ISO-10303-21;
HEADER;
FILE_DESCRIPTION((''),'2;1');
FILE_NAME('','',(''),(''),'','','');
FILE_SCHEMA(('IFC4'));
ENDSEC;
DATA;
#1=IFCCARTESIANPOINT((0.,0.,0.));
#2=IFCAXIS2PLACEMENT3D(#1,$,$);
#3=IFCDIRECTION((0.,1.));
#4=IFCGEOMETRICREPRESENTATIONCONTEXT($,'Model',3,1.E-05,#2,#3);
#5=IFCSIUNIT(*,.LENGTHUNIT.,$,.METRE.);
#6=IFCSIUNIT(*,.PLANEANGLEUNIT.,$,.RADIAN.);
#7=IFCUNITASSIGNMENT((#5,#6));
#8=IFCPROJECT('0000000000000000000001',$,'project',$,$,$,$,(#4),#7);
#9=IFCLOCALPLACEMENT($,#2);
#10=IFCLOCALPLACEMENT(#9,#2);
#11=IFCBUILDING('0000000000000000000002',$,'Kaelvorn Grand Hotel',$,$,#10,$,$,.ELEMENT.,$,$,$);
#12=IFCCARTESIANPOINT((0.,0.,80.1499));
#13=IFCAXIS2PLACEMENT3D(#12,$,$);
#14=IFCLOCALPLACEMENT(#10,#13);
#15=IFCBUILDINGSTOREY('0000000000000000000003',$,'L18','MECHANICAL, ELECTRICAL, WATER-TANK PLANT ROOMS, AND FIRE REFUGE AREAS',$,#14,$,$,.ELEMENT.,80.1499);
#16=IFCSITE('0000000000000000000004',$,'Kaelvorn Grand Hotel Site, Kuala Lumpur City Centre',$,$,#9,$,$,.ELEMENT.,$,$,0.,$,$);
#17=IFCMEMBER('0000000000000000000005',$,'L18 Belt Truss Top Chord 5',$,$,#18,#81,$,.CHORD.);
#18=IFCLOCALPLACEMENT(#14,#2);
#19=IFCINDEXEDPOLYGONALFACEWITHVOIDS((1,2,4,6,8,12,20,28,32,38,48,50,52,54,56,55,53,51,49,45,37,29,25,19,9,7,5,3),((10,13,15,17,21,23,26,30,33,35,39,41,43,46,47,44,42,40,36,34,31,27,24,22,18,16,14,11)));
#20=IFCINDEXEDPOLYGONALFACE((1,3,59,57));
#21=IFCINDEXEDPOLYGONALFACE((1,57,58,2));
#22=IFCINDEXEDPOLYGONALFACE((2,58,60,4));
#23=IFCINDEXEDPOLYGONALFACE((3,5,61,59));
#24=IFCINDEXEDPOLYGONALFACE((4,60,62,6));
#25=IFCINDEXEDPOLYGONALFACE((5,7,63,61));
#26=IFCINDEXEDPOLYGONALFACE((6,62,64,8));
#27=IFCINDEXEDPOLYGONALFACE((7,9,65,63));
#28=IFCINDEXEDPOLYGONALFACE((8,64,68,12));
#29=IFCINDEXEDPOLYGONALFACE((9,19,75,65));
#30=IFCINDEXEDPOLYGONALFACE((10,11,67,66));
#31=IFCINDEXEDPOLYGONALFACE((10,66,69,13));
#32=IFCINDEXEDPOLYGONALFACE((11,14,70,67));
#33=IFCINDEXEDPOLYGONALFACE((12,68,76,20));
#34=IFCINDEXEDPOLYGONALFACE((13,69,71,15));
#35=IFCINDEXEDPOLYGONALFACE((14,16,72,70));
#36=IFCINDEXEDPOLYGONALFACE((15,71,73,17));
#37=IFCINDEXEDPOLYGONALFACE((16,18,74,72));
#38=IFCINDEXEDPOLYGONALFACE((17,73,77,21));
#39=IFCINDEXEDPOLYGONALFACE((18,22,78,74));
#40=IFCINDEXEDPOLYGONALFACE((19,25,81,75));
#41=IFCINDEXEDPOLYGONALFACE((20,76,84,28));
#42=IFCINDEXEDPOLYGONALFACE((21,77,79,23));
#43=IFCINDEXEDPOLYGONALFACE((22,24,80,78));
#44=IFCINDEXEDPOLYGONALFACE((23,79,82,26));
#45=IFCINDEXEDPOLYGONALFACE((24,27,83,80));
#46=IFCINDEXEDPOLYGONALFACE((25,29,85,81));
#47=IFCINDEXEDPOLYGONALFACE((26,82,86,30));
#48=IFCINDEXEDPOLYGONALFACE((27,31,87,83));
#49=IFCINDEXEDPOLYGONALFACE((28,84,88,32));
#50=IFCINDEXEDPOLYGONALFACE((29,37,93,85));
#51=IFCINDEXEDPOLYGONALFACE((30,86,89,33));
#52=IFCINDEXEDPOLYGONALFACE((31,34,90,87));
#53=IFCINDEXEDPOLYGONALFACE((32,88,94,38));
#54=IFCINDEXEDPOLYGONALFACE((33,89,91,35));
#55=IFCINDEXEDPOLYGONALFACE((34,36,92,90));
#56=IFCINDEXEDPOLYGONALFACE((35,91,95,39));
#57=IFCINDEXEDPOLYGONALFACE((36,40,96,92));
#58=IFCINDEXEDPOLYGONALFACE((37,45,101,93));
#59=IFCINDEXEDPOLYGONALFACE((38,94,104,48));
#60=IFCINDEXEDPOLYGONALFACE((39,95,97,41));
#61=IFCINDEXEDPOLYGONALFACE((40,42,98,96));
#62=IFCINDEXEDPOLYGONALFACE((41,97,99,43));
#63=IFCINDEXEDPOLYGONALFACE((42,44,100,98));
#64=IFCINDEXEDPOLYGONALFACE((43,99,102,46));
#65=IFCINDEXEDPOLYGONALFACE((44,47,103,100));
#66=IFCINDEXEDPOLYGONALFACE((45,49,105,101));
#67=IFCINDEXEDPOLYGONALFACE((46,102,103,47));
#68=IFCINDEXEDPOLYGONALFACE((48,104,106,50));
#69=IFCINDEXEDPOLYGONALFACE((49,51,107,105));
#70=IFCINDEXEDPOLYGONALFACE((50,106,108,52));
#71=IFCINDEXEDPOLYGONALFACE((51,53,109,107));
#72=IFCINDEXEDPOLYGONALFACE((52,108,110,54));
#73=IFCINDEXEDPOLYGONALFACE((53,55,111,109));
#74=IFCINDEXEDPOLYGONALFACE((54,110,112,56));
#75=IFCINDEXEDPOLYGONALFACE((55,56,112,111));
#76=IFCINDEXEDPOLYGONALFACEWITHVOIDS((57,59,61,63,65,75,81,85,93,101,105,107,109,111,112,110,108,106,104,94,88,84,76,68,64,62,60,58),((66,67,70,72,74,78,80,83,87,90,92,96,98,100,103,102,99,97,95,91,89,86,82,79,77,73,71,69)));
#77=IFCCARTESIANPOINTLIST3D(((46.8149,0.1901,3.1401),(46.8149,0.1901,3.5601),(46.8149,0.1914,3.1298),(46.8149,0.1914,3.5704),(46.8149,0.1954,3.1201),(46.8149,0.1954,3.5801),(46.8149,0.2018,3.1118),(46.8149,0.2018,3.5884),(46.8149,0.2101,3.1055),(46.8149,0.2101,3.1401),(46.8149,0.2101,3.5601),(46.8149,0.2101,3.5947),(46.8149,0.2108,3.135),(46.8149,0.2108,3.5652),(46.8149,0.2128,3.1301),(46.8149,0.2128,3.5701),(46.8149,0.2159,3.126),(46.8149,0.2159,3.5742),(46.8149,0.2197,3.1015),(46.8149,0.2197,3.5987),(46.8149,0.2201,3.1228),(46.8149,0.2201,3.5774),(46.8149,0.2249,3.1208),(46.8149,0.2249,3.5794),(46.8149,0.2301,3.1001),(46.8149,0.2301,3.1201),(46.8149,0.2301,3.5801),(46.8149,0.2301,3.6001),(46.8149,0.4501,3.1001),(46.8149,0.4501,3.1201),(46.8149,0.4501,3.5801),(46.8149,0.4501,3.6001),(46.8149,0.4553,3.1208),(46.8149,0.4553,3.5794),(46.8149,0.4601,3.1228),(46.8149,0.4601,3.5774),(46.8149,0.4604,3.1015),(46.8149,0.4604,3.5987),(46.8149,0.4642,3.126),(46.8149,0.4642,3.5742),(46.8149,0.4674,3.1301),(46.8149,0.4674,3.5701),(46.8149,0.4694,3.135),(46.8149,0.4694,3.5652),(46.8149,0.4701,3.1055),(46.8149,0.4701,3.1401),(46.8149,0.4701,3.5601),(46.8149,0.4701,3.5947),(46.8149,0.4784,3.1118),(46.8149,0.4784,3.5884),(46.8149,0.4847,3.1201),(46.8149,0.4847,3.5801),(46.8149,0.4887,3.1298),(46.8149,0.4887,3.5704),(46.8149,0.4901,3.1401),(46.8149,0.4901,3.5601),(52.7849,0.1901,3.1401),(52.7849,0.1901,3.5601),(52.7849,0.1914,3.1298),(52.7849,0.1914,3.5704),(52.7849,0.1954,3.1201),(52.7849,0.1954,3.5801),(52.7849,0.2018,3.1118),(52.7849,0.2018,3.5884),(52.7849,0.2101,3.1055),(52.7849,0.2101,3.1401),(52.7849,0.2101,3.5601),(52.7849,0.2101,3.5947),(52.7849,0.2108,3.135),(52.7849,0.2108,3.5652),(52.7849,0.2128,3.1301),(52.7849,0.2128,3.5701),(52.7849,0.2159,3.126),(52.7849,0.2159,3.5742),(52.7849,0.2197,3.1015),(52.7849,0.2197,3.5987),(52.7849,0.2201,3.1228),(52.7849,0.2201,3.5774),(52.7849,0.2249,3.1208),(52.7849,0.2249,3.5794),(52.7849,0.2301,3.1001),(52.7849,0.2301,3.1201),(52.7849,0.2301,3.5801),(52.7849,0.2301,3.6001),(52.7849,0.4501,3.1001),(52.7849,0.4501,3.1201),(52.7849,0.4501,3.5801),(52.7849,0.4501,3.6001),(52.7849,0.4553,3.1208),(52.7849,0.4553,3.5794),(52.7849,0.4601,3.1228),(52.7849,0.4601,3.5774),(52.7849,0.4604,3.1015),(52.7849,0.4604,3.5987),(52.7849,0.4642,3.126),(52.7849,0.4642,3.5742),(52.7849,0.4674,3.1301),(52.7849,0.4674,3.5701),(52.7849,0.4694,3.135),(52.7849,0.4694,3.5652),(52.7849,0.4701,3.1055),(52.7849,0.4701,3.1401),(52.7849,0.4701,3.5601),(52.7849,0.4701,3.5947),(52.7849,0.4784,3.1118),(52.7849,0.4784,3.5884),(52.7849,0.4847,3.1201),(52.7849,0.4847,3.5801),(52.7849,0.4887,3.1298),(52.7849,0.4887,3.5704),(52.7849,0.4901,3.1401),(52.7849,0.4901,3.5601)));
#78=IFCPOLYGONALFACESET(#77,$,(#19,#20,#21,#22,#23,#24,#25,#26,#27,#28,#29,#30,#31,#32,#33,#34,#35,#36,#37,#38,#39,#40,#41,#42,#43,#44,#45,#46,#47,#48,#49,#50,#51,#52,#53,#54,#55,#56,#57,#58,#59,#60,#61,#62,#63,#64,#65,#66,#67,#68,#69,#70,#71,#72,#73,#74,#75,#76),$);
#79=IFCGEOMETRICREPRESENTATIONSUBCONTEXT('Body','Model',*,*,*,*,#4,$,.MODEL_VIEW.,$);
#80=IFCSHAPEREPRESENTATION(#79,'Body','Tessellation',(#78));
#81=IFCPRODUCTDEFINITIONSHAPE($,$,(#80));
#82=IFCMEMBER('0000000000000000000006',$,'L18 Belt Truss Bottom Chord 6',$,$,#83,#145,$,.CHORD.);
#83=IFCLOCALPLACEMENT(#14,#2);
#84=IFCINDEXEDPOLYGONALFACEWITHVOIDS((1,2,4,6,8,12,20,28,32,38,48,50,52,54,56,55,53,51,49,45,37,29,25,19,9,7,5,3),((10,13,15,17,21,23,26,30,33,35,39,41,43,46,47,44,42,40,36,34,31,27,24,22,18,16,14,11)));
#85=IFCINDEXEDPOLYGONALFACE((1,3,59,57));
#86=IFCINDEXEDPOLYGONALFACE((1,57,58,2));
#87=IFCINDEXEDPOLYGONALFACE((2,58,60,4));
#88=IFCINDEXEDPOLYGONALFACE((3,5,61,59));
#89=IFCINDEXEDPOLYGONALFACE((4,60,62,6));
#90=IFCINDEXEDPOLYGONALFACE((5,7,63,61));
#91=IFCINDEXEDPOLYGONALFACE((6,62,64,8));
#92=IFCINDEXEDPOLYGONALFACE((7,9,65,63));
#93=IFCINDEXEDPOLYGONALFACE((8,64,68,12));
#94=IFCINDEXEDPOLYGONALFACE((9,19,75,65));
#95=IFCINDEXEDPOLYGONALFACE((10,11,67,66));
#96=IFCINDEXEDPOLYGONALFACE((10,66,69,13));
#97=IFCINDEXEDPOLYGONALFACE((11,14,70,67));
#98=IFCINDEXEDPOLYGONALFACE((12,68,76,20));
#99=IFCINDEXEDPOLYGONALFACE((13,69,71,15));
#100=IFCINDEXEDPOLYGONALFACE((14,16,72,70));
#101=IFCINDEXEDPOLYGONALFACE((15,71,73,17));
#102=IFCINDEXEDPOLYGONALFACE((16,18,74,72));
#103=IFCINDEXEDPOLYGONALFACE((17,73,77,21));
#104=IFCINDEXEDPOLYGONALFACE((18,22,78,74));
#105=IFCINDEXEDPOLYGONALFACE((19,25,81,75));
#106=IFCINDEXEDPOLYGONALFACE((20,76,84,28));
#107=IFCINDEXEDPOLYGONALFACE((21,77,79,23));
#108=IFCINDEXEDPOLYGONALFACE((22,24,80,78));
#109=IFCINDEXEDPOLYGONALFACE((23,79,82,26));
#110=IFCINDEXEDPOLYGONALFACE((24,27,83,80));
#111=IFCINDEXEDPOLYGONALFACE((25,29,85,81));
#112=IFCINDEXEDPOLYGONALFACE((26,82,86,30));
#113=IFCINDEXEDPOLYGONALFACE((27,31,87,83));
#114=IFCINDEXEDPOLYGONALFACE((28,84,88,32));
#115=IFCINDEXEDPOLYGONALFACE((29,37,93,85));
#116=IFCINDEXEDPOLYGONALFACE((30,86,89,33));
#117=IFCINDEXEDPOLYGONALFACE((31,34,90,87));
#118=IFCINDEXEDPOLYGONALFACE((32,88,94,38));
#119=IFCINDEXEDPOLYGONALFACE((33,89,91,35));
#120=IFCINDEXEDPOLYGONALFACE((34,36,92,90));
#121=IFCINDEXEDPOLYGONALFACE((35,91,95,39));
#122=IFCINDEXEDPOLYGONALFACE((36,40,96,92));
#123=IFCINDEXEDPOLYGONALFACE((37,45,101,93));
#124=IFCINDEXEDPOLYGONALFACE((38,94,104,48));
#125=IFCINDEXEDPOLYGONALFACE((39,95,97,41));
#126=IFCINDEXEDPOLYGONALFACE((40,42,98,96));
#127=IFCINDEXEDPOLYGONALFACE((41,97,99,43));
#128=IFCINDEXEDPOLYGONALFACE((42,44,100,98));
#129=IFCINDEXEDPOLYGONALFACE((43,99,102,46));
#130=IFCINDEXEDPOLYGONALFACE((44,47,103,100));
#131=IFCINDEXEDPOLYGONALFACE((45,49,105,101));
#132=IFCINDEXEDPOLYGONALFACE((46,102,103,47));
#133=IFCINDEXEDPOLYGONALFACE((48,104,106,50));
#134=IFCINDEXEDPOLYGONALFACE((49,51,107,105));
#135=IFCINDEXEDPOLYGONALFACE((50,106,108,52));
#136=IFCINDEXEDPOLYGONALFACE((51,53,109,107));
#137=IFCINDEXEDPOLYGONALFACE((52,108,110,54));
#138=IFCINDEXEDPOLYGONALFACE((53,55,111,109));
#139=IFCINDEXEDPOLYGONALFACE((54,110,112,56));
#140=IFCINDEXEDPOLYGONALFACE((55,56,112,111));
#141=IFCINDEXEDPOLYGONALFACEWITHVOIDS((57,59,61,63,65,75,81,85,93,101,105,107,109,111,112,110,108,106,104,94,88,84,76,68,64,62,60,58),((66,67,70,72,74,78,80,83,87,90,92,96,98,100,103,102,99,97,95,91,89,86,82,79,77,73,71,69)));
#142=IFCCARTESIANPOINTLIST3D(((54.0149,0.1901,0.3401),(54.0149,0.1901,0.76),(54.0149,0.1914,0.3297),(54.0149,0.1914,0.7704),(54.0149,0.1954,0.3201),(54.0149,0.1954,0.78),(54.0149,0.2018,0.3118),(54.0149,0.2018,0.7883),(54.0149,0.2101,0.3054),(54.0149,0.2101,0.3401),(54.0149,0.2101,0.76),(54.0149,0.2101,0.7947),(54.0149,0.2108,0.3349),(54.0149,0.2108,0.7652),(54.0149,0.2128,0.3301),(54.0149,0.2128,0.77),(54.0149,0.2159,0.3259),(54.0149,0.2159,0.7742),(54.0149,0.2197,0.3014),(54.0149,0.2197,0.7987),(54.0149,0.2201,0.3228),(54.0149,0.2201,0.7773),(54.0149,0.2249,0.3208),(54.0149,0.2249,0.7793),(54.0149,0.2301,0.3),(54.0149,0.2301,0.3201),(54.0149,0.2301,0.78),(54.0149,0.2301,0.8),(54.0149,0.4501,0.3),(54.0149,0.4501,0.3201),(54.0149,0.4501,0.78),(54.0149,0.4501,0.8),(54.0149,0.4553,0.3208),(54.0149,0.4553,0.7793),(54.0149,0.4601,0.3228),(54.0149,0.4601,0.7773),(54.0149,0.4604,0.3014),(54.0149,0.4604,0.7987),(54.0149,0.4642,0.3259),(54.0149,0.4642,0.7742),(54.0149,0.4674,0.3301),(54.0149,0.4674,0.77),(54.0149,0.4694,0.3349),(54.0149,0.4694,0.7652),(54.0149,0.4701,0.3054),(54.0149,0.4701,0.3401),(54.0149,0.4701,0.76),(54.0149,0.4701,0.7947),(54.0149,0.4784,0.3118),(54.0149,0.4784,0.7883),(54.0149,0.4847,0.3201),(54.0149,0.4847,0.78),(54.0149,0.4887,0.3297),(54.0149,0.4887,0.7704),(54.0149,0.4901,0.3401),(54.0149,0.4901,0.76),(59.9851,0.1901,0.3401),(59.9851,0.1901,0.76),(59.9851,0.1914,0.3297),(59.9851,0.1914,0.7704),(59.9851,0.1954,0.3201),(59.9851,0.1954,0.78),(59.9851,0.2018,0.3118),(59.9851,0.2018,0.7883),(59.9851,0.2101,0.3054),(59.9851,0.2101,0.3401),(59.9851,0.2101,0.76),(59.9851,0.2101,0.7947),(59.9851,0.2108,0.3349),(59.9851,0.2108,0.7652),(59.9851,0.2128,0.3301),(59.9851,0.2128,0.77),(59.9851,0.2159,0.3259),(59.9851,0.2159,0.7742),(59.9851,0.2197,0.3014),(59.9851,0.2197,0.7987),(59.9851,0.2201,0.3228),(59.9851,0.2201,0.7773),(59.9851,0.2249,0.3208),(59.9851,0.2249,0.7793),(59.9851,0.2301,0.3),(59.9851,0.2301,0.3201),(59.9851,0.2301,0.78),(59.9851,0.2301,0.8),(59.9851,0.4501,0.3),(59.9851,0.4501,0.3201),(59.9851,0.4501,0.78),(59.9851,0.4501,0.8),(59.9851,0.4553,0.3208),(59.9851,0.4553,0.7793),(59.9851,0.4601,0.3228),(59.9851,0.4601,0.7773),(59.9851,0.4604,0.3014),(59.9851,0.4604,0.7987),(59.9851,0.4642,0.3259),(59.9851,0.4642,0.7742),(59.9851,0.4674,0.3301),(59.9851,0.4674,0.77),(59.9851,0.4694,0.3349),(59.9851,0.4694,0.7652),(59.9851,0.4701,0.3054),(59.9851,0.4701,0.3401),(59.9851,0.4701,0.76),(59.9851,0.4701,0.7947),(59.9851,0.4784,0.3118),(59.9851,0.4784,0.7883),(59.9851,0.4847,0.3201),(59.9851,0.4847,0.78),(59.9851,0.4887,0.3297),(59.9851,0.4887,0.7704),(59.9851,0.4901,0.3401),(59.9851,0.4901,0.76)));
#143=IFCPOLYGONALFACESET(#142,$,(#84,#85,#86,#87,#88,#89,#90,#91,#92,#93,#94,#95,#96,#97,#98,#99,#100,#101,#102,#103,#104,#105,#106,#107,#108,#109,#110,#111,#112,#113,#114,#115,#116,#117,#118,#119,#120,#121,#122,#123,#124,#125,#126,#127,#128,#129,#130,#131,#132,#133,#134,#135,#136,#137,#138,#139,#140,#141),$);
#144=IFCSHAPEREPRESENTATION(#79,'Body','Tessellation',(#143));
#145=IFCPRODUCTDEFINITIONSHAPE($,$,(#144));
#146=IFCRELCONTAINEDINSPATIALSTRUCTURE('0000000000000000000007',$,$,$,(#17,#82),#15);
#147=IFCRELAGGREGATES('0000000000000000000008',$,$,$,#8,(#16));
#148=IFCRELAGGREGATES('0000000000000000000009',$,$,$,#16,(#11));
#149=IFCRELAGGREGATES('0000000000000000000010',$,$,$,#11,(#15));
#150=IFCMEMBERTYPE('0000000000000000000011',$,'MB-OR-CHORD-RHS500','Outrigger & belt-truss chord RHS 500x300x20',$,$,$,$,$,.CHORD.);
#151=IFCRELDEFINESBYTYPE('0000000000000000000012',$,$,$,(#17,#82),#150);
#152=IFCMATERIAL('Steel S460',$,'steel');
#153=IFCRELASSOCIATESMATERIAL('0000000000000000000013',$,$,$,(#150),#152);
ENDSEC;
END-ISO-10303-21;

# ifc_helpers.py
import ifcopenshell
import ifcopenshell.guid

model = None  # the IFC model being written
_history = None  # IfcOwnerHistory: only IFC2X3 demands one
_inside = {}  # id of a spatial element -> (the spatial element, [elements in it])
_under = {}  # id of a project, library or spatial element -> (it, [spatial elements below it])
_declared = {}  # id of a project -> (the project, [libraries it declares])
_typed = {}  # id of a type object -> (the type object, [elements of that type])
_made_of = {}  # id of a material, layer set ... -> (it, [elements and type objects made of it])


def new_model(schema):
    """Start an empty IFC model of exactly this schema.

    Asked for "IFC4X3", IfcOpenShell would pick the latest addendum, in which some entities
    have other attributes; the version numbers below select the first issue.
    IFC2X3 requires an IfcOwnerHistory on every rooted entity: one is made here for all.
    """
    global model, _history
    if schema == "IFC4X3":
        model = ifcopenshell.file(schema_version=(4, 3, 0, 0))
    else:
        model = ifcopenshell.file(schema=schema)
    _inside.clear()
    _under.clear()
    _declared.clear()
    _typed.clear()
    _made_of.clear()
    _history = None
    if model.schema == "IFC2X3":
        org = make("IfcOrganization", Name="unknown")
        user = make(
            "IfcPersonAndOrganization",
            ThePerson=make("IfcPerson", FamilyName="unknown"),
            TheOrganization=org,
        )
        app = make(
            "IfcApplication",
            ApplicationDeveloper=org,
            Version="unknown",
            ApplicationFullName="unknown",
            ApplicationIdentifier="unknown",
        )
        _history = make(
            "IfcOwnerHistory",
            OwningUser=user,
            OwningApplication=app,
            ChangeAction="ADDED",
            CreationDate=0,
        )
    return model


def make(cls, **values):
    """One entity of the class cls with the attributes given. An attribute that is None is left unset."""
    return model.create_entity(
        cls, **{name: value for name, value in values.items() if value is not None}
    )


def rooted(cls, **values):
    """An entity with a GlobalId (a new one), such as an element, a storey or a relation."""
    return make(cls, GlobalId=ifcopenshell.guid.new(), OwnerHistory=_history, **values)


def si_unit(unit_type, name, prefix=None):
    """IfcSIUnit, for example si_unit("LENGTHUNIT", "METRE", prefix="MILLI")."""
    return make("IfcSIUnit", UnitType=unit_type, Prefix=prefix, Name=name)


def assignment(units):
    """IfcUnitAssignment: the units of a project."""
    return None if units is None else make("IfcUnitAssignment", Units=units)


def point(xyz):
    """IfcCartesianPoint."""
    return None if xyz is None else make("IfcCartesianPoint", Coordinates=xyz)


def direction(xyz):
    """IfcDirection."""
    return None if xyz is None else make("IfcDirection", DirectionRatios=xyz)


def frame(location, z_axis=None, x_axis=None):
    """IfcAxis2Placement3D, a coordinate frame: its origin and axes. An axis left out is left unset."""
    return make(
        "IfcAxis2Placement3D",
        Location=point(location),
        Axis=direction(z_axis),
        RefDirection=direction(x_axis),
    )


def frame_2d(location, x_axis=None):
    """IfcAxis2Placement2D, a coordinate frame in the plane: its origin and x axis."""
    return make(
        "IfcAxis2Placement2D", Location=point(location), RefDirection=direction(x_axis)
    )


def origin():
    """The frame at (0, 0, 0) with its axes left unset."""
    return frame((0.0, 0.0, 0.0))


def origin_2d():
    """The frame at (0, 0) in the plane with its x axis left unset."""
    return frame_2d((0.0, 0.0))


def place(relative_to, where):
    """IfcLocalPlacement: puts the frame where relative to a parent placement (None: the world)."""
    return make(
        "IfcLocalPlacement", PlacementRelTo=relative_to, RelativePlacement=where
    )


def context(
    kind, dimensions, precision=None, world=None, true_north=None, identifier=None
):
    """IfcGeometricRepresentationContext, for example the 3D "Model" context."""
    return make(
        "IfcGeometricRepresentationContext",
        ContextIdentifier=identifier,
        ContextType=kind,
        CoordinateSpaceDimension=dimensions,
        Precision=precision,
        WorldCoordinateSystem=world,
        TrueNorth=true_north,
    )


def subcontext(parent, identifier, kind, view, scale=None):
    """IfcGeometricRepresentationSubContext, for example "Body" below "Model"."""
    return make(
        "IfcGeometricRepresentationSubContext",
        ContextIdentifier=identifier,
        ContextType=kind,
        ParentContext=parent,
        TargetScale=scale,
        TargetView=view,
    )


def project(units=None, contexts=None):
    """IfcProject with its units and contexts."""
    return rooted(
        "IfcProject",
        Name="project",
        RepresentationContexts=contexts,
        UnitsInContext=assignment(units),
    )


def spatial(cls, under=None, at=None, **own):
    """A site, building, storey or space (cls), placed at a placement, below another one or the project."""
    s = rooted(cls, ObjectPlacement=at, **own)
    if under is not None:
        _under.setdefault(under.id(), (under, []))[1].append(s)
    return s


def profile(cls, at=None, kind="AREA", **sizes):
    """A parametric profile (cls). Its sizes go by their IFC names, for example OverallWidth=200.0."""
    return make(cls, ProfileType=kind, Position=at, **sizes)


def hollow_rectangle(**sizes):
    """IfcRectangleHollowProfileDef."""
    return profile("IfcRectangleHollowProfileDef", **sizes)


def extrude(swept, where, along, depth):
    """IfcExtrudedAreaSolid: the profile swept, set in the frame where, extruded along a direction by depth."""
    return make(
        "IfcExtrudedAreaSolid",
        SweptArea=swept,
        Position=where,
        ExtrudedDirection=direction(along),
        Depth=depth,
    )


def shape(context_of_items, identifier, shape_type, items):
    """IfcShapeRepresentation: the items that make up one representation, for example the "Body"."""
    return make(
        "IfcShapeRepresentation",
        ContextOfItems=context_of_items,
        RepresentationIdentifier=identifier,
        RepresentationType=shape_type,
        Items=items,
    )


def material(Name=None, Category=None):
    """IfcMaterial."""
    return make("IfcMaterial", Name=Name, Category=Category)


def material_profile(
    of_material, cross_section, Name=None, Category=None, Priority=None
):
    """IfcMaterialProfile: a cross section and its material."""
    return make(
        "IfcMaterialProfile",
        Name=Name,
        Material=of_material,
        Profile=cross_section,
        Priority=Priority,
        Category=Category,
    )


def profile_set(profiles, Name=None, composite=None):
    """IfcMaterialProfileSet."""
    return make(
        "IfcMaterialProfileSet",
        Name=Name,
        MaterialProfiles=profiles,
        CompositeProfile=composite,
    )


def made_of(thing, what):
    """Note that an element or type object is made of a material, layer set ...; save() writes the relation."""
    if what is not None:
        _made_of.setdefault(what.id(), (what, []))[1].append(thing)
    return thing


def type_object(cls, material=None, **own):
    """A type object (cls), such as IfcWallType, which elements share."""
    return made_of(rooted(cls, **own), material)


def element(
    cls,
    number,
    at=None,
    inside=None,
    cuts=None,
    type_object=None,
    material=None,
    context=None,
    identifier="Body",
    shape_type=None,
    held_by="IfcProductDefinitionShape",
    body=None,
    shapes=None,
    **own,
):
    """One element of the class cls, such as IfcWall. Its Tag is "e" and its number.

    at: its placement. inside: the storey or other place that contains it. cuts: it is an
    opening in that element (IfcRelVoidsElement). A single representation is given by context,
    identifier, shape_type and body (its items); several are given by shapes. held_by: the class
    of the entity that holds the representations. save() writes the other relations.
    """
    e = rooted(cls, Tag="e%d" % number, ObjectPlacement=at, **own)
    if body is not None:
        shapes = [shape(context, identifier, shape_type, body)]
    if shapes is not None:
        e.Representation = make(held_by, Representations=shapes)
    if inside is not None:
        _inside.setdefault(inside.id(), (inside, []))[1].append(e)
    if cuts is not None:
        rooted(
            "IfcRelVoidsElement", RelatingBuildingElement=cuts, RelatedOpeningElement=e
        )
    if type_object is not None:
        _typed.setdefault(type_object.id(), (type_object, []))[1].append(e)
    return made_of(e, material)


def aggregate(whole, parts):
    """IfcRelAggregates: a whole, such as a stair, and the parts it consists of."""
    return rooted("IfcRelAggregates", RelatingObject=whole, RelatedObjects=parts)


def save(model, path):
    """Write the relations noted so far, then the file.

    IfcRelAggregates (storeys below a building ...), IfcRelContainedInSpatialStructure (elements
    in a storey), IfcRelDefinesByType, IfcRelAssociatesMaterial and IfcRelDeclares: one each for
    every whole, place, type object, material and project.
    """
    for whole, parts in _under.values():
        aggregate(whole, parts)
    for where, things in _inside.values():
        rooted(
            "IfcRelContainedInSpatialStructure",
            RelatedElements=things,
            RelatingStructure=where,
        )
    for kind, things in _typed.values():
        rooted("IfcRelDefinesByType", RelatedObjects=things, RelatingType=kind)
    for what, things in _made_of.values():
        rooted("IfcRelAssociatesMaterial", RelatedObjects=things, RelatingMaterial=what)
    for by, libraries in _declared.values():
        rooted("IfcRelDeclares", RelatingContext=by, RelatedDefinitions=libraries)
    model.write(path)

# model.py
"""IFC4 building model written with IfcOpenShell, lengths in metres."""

from ifc_helpers import new_model, si_unit, direction, frame, origin, origin_2d, place, context, subcontext, project, spatial, hollow_rectangle, extrude, material, material_profile, profile_set, type_object, element, save


model = new_model("IFC4")

# Units and contexts
model_context = context("Model", 3, precision=1e-05, world=origin(), true_north=direction((0.0, 1.0)))
body_context = subcontext(model_context, "Body", "Model", "MODEL_VIEW")
ifc_project = project(units=[si_unit("LENGTHUNIT", "METRE"), si_unit("PLANEANGLEUNIT", "RADIAN")], contexts=[model_context])

# Site, building, storey
site_placement = place(None, origin())
site = spatial("IfcSite", under=ifc_project, at=site_placement, Name="Kaelvorn Grand Hotel Site, Kuala Lumpur City Centre", CompositionType="ELEMENT", RefElevation=0.0)
building_placement = place(site_placement, origin())
building = spatial("IfcBuilding", under=site, at=building_placement, Name="Kaelvorn Grand Hotel", CompositionType="ELEMENT")
storey_placement = place(building_placement, frame((0.0, 0.0, 80.1499)))
storey = spatial("IfcBuildingStorey", under=building, at=storey_placement, Name="L18", Description="MECHANICAL, ELECTRICAL, WATER-TANK PLANT ROOMS, AND FIRE REFUGE AREAS", CompositionType="ELEMENT", Elevation=80.1499)

# Members
ifc_material_1 = material(Name="Steel S460", Category="steel")
ifc_material_profile_1 = material_profile(ifc_material_1, hollow_rectangle(XDim=0.3, YDim=0.5, WallThickness=0.02, InnerFilletRadius=0.02, OuterFilletRadius=0.04, at=origin_2d()), Name="RHS 500x300x20.0")
ifc_profile_set_1 = profile_set([ifc_material_profile_1], Name="Steel S460")
member_type_1 = type_object("IfcMemberType", Name="MB-OR-CHORD-RHS500", Description="Outrigger & belt-truss chord RHS 500x300x20", PredefinedType="CHORD", material=ifc_profile_set_1)
for number, where, z_axis, x_axis, name in (
    (1, (46.8149, 0.3401, 3.3501), (1.0, 0.0, 0.0), (0.0, 1.0, 0.0), "L18 Belt Truss Top Chord 5"),
):
    element("IfcMember", number, at=place(storey_placement, frame(where, z_axis=z_axis, x_axis=x_axis)), inside=storey, type_object=member_type_1, Name=name, PredefinedType="CHORD", context=body_context, shape_type="SweptSolid", body=[
        extrude(hollow_rectangle(XDim=0.3, YDim=0.5, WallThickness=0.02, InnerFilletRadius=0.02, OuterFilletRadius=0.04, at=origin_2d()), origin(), (0.0, 0.0, 1.0), 5.97),
    ])
for number, where, z_axis, x_axis, name in (
    (2, (54.0149, 0.3401, 0.55), (1.0, 0.0, 0.0), (0.0, 1.0, 0.0), "L18 Belt Truss Bottom Chord 6"),
):
    element("IfcMember", number, at=place(storey_placement, frame(where, z_axis=z_axis, x_axis=x_axis)), inside=storey, type_object=member_type_1, Name=name, PredefinedType="CHORD", context=body_context, shape_type="SweptSolid", body=[
        extrude(hollow_rectangle(XDim=0.3, YDim=0.5, WallThickness=0.02, InnerFilletRadius=0.02, OuterFilletRadius=0.04, at=origin_2d()), origin(), (0.0, 0.0, 1.0), 5.9702),
    ])

save(model, "model.ifc")
